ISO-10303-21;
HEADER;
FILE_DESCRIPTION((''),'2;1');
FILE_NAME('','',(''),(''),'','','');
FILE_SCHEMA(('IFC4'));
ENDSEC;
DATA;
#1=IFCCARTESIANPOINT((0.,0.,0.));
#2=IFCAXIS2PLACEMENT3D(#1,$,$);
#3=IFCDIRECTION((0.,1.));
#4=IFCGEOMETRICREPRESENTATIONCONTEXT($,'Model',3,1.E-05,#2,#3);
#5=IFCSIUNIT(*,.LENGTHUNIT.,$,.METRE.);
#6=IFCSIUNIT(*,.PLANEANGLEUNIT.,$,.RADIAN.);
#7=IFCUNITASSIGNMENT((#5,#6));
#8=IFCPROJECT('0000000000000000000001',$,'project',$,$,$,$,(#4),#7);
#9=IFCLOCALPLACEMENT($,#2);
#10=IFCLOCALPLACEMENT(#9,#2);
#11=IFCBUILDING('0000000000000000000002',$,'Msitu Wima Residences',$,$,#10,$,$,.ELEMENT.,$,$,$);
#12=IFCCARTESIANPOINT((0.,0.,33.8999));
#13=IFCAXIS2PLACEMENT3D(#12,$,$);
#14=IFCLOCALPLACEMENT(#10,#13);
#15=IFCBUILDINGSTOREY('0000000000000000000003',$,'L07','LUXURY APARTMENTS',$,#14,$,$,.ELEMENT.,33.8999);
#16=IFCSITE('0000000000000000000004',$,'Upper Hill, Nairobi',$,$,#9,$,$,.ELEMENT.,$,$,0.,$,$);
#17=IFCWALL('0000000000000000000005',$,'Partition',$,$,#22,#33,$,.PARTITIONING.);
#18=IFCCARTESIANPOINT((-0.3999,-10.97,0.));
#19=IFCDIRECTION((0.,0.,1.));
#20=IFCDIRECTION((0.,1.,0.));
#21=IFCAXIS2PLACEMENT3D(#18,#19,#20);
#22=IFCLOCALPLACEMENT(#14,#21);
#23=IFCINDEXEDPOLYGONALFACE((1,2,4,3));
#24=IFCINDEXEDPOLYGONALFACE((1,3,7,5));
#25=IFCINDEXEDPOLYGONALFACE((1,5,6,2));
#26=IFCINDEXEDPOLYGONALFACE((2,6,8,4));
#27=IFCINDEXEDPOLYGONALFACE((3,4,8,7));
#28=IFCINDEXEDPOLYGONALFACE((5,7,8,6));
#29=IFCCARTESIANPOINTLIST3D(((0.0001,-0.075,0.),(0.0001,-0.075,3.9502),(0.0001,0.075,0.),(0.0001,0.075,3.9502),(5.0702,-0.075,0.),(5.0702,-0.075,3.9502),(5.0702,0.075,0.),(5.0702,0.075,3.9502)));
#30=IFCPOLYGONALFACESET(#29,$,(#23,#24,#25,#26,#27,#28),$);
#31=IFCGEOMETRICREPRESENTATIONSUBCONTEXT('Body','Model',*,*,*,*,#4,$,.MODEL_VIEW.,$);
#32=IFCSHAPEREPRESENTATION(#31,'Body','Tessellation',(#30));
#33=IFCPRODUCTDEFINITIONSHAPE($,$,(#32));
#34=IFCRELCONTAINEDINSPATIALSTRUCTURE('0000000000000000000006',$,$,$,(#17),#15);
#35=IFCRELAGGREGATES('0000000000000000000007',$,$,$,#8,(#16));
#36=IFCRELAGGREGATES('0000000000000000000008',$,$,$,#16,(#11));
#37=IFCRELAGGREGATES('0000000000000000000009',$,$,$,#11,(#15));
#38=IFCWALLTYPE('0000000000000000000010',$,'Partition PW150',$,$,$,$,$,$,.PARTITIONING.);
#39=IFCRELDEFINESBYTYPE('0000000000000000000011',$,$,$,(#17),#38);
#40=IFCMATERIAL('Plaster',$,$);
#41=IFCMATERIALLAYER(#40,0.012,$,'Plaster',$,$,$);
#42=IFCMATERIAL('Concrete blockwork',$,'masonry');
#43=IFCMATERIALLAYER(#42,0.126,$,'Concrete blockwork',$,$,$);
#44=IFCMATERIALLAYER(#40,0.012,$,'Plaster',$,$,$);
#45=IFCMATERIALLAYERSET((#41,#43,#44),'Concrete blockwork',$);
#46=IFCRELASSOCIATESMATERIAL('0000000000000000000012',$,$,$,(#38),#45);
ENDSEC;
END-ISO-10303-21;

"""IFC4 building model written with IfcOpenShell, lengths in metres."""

from ifc_helpers import new_model, si_unit, direction, frame, frame_2d, origin, place, context, subcontext, project, spatial, rectangle, extrude, material, layer, layer_set, type_object, element, save


model = new_model("IFC4")

# Units and contexts
model_context = context("Model", 3, precision=1e-05, world=origin(), true_north=direction((0.0, 1.0)))
body_context = subcontext(model_context, "Body", "Model", "MODEL_VIEW")
ifc_project = project(units=[si_unit("LENGTHUNIT", "METRE"), si_unit("PLANEANGLEUNIT", "RADIAN")], contexts=[model_context])

# Site, building, storey
site_placement = place(None, origin())
site = spatial("IfcSite", under=ifc_project, at=site_placement, Name="Upper Hill, Nairobi", CompositionType="ELEMENT", RefElevation=0.0)
building_placement = place(site_placement, origin())
building = spatial("IfcBuilding", under=site, at=building_placement, Name="Msitu Wima Residences", CompositionType="ELEMENT")
storey_placement = place(building_placement, frame((0.0, 0.0, 33.8999)))
storey = spatial("IfcBuildingStorey", under=building, at=storey_placement, Name="L07", Description="LUXURY APARTMENTS", CompositionType="ELEMENT", Elevation=33.8999)

# Shared definitions
ifc_material_1 = material(Name="Plaster")
ifc_material_2 = material(Name="Concrete blockwork", Category="masonry")

# Wall
ifc_layer_1 = layer(ifc_material_1, 0.012, Name="Plaster")
ifc_layer_2 = layer(ifc_material_2, 0.126, Name="Concrete blockwork")
ifc_layer_3 = layer(ifc_material_1, 0.012, Name="Plaster")
ifc_layer_set_1 = layer_set([ifc_layer_1, ifc_layer_2, ifc_layer_3], Name="Concrete blockwork")
wall_type_1 = type_object("IfcWallType", Name="Partition PW150", PredefinedType="PARTITIONING", material=ifc_layer_set_1)
wall_1_placement = place(storey_placement, frame((-0.3999, -10.97, 0.0), z_axis=(0.0, 0.0, 1.0), x_axis=(0.0, 1.0, 0.0)))
element("IfcWall", 1, at=wall_1_placement, inside=storey, type_object=wall_type_1, Name="Partition", PredefinedType="PARTITIONING", context=body_context, shape_type="SweptSolid", body=[
    extrude(rectangle(XDim=5.0701, YDim=0.1499, at=frame_2d((2.5352, 0.0))), origin(), (0.0, 0.0, 1.0), 3.9502),
])

save(model, "model.ifc")
